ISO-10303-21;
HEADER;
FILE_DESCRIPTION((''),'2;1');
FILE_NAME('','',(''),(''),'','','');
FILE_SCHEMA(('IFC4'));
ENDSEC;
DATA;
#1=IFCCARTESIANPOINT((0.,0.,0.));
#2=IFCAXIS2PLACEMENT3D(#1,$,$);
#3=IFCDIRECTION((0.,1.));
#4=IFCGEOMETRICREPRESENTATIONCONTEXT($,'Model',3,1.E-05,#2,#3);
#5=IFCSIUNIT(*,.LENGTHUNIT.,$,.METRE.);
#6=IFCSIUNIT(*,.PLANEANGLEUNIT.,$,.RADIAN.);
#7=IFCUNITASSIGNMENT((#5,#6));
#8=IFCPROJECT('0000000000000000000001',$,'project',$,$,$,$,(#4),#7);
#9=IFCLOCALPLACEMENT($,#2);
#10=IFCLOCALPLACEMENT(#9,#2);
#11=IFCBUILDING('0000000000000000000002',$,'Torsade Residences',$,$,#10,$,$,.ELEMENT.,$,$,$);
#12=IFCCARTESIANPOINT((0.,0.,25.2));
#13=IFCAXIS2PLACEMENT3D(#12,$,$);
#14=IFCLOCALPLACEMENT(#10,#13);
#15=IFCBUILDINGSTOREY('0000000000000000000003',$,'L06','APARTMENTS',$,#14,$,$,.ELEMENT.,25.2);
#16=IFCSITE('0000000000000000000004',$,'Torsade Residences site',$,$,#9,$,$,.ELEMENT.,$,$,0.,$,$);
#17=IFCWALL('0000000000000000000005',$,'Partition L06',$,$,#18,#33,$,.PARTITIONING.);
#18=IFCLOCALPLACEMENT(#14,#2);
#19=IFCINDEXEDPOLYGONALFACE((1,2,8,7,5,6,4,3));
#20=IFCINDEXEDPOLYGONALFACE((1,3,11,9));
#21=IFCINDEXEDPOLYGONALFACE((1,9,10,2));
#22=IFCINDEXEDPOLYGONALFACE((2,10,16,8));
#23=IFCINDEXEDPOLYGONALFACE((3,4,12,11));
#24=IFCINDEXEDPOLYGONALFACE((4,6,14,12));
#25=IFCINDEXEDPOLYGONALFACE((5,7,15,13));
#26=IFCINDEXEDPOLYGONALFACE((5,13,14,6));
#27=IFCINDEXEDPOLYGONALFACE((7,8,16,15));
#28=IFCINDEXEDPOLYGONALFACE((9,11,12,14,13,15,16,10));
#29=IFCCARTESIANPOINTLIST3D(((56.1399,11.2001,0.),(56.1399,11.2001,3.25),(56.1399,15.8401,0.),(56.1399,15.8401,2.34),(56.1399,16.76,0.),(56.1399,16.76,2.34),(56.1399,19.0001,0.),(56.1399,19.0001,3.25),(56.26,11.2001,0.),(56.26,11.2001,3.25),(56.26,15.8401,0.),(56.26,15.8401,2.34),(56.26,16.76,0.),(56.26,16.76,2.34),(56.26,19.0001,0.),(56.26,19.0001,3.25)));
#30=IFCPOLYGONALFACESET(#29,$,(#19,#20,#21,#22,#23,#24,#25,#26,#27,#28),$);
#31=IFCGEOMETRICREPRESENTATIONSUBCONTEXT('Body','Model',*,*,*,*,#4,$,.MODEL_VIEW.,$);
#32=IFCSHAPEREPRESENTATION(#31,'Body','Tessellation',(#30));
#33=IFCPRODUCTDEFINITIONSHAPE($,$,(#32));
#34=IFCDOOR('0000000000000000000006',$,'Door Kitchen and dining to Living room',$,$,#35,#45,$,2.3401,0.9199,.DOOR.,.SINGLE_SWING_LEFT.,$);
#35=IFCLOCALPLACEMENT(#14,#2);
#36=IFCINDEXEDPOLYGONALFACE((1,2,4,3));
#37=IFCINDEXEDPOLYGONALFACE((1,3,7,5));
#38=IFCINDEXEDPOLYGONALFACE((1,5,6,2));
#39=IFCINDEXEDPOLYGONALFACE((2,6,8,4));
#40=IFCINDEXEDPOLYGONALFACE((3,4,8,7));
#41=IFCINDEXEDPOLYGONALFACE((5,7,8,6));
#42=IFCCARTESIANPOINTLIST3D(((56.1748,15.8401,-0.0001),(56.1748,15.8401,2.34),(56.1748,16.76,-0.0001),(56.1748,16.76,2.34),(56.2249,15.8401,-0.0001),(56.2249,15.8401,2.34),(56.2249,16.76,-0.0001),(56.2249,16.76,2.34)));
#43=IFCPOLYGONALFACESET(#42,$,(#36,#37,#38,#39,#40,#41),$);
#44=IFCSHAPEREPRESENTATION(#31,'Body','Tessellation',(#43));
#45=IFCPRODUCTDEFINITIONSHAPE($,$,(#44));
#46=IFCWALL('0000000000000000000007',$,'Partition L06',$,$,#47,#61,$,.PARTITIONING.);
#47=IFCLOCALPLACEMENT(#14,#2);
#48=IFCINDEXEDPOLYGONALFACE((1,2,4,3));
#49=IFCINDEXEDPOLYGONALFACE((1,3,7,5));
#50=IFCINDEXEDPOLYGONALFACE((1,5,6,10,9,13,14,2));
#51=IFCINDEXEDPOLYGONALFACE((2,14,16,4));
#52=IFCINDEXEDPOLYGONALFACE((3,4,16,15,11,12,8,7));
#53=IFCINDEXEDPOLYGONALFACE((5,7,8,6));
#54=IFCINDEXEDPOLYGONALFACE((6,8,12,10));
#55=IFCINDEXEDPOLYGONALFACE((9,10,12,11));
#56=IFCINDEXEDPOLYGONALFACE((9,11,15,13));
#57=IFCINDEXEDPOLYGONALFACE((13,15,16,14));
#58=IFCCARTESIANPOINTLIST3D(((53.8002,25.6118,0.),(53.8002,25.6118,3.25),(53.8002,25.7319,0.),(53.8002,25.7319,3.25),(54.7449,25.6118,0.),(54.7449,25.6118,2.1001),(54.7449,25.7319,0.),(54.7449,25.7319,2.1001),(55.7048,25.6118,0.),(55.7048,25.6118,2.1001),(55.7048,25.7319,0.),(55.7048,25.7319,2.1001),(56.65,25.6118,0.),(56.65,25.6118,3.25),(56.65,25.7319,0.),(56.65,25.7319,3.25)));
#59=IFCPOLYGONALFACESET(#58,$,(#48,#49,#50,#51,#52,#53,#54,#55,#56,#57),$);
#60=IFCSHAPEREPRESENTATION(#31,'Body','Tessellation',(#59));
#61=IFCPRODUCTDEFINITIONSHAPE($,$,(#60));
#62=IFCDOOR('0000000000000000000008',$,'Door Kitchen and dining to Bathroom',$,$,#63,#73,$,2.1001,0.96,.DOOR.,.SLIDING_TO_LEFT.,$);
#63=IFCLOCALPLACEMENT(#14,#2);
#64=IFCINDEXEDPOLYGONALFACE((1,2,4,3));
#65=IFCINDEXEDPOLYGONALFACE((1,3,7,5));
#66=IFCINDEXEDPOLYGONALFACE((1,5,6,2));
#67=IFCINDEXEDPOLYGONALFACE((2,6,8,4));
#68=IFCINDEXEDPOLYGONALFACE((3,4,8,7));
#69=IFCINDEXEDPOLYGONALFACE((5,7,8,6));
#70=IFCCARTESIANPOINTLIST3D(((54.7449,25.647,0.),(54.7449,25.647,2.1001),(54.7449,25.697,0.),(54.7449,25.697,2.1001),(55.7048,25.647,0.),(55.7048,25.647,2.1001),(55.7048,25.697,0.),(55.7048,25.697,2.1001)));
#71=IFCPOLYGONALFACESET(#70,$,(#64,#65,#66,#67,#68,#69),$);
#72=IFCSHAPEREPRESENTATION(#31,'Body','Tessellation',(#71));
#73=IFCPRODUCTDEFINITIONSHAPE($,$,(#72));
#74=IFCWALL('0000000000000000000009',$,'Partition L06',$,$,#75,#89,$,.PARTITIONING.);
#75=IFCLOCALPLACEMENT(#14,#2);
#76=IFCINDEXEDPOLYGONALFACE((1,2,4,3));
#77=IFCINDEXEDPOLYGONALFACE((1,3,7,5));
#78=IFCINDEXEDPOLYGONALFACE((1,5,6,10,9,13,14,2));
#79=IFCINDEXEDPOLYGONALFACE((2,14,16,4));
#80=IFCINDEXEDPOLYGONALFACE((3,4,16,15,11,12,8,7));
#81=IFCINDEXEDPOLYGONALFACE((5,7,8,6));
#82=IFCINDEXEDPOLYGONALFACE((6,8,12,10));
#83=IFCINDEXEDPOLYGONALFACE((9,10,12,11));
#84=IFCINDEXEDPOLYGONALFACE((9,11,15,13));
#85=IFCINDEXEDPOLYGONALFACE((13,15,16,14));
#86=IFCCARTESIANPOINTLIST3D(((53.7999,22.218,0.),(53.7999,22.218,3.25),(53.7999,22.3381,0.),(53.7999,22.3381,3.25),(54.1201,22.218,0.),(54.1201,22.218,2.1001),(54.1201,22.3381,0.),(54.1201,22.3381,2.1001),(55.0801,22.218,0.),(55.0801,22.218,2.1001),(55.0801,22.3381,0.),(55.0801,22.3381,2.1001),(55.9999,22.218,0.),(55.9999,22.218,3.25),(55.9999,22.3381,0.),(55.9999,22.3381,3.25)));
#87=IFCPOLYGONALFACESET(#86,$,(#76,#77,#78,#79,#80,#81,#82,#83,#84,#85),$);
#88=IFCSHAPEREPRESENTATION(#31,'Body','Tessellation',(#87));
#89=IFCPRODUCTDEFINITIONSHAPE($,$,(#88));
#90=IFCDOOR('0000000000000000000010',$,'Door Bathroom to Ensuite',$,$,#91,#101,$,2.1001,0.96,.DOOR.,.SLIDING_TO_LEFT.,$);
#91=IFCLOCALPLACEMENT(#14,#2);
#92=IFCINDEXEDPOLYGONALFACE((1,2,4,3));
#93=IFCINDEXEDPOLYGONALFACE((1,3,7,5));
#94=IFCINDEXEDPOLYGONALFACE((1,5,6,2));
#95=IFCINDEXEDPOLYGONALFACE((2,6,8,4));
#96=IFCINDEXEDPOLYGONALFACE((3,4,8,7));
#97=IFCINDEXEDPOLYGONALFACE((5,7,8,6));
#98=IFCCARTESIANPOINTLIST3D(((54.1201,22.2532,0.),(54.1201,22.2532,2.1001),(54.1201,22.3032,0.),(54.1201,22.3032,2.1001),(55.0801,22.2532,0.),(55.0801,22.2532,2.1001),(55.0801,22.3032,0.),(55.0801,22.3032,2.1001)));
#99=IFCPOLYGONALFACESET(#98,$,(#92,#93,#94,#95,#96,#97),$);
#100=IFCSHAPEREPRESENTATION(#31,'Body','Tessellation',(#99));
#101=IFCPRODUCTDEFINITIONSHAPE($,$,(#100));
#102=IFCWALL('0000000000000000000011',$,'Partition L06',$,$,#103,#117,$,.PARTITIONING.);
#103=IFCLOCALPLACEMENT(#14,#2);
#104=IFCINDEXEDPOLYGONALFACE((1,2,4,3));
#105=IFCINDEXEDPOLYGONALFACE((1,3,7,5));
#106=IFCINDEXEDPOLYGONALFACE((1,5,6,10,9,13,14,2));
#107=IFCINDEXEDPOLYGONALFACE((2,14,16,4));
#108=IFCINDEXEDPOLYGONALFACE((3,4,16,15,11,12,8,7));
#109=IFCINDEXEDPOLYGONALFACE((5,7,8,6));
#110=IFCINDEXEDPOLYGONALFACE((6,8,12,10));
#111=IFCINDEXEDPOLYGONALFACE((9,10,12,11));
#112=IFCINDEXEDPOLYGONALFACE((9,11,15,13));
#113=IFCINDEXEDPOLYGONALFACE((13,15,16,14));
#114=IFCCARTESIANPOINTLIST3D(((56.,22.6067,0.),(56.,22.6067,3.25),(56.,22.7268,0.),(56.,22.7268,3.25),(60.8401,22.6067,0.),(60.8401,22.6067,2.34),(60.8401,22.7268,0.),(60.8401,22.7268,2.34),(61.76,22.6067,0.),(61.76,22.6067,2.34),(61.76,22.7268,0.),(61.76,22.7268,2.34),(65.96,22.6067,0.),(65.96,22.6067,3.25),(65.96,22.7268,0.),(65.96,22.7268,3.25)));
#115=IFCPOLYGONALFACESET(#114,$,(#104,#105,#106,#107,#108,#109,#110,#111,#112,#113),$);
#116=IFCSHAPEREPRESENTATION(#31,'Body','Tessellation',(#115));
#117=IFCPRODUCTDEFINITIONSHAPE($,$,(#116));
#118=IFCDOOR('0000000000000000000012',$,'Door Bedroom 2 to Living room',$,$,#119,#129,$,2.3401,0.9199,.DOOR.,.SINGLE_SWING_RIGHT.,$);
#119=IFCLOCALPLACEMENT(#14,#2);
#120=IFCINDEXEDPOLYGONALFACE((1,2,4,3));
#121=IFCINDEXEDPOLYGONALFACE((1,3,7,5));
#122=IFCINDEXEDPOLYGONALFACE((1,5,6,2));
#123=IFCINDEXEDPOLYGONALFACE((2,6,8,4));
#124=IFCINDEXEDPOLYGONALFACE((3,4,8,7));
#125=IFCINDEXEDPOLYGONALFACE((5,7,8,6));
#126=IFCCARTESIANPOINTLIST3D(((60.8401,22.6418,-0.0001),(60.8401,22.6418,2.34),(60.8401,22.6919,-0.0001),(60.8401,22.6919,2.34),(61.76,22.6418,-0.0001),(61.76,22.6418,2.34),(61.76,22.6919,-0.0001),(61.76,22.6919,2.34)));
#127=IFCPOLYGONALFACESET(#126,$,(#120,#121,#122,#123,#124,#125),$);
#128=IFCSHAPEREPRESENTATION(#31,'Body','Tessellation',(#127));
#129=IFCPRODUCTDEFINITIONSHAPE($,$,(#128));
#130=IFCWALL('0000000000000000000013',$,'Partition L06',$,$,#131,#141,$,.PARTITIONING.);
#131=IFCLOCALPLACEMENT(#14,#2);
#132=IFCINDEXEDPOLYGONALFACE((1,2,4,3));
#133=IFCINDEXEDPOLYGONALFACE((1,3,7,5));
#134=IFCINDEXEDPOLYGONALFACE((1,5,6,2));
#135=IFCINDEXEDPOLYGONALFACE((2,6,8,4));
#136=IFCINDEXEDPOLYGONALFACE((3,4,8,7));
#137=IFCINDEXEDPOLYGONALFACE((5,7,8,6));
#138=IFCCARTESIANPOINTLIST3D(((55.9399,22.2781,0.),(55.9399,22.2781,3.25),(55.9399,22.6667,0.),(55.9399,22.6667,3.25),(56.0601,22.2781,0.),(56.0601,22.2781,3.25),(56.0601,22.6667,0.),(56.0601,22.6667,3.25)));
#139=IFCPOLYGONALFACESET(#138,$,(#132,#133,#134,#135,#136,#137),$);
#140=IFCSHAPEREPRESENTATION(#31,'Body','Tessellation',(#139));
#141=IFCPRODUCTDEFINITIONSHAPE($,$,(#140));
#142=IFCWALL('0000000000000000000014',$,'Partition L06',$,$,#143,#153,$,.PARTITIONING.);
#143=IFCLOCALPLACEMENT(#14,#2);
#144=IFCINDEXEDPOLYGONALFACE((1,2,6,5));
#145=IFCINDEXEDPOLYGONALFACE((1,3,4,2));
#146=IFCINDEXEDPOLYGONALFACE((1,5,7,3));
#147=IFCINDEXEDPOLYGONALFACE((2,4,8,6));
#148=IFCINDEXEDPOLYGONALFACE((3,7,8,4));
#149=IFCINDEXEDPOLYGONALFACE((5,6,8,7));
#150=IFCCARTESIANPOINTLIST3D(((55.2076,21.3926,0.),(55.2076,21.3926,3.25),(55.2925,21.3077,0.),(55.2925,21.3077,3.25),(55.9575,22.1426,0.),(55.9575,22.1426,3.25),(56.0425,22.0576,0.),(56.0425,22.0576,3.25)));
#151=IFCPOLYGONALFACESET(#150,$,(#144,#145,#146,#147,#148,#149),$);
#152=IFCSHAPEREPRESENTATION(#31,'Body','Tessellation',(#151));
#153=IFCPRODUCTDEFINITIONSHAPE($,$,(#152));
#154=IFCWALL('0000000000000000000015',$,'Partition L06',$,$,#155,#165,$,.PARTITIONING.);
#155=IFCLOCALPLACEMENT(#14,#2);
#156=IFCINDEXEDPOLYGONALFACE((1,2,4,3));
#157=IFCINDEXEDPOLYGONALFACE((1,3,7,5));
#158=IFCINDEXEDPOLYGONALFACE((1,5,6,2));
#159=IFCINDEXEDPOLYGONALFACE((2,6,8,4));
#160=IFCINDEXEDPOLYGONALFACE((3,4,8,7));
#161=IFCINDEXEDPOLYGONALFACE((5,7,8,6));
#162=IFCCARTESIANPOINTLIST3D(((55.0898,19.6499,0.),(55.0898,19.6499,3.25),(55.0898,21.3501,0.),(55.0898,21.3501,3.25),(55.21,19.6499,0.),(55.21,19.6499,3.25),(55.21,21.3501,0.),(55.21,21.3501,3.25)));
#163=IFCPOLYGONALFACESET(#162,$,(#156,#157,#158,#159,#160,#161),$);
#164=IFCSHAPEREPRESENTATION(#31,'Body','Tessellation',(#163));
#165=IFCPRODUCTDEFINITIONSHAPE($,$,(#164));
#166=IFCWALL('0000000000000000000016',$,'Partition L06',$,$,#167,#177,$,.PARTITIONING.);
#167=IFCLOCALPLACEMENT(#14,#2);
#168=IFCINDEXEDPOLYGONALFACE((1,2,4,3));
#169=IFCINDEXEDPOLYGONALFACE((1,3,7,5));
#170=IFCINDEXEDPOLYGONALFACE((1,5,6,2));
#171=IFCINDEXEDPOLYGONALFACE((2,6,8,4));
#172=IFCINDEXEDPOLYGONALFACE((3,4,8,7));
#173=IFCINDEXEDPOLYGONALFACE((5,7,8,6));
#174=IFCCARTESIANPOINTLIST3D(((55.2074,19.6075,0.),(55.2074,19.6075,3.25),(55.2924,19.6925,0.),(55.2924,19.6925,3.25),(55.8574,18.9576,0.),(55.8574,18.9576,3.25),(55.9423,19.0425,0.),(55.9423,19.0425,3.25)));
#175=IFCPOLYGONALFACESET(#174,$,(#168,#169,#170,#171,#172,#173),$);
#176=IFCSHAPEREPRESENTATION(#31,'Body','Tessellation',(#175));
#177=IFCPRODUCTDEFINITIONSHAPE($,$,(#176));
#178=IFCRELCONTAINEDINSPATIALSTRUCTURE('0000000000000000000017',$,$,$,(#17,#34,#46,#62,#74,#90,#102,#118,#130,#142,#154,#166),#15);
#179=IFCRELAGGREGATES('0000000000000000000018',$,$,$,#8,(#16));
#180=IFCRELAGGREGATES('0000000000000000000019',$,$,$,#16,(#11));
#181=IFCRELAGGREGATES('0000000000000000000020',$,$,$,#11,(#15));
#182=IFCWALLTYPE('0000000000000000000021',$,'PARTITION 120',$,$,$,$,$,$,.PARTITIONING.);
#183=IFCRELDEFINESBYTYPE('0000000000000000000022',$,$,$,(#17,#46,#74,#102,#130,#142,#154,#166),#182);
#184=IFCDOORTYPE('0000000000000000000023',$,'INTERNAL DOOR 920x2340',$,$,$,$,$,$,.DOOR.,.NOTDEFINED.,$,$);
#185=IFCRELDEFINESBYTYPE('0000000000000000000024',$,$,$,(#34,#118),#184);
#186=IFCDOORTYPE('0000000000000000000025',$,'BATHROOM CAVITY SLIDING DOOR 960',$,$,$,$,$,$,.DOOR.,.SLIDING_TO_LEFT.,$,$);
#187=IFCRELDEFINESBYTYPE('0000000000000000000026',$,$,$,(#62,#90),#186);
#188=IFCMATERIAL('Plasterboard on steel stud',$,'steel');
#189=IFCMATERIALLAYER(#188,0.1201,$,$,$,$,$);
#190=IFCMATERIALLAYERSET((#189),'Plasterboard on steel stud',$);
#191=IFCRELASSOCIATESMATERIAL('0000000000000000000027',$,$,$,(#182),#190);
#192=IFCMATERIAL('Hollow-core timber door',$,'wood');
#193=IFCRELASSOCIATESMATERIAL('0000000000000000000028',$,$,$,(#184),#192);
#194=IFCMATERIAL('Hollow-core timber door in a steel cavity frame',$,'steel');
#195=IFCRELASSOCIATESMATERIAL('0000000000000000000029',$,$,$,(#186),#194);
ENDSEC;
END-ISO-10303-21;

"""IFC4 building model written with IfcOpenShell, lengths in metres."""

from ifc_helpers import new_model, si_unit, direction, frame, frame_2d, origin, place, context, subcontext, project, spatial, rectangle, extrude, material, layer, layer_set, type_object, element, fill, save


model = new_model("IFC4")

# Units and contexts
model_context = context("Model", 3, precision=1e-05, world=origin(), true_north=direction((0.0, 1.0)))
body_context = subcontext(model_context, "Body", "Model", "MODEL_VIEW")
ifc_project = project(units=[si_unit("LENGTHUNIT", "METRE"), si_unit("PLANEANGLEUNIT", "RADIAN")], contexts=[model_context])

# Site, building, storey
site_placement = place(None, origin())
site = spatial("IfcSite", under=ifc_project, at=site_placement, Name="Torsade Residences site", CompositionType="ELEMENT", RefElevation=0.0)
building_placement = place(site_placement, origin())
building = spatial("IfcBuilding", under=site, at=building_placement, Name="Torsade Residences", CompositionType="ELEMENT")
storey_placement = place(building_placement, frame((0.0, 0.0, 25.2)))
storey = spatial("IfcBuildingStorey", under=building, at=storey_placement, Name="L06", Description="APARTMENTS", CompositionType="ELEMENT", Elevation=25.2)

# Walls, openings, doors
ifc_material_1 = material(Name="Plasterboard on steel stud", Category="steel")
ifc_layer_1 = layer(ifc_material_1, 0.1201)
ifc_layer_set_1 = layer_set([ifc_layer_1], Name="Plasterboard on steel stud")
wall_type_1 = type_object("IfcWallType", Name="PARTITION 120", PredefinedType="PARTITIONING", material=ifc_layer_set_1)
wall_1_placement = place(storey_placement, frame((56.2, 19.0, 0.0), z_axis=(0.0, 0.0, 1.0), x_axis=(0.0, -1.0, 0.0)))
wall_1 = element("IfcWall", 1, at=wall_1_placement, inside=storey, type_object=wall_type_1, Name="Partition L06", PredefinedType="PARTITIONING", context=body_context, shape_type="SweptSolid", body=[
    extrude(rectangle(XDim=7.8, YDim=0.1201, at=frame_2d((3.8999, 0.0))), origin(), (0.0, 0.0, 1.0), 3.25),
])
opening_1_placement = place(wall_1_placement, frame((2.24, 0.0, 0.0)))
opening_1 = element("IfcOpeningElement", 2, at=opening_1_placement, cuts=wall_1, PredefinedType="OPENING", context=body_context, shape_type="SweptSolid", body=[
    extrude(rectangle(XDim=0.9199, YDim=2.3401, at=frame_2d((0.46, 1.1699))), frame((0.0, 0.0701, 0.0), z_axis=(0.0, -1.0, 0.0), x_axis=(1.0, 0.0, 0.0)), (0.0, 0.0, 1.0), 0.1401),
])
ifc_material_2 = material(Name="Hollow-core timber door", Category="wood")
door_type_1 = type_object("IfcDoorType", Name="INTERNAL DOOR 920x2340", OperationType="NOTDEFINED", PredefinedType="DOOR", material=ifc_material_2)
door_1_placement = place(opening_1_placement, origin())
door_1 = element("IfcDoor", 3, at=door_1_placement, inside=storey, type_object=door_type_1, Name="Door Kitchen and dining to Living room", OperationType="SINGLE_SWING_LEFT", OverallHeight=2.3401, OverallWidth=0.9199, PredefinedType="DOOR", context=body_context, shape_type="SweptSolid", body=[
    extrude(rectangle(XDim=0.9199, YDim=2.3401, at=frame_2d((0.46, 1.1699))), frame((0.0, 0.0249, 0.0), z_axis=(0.0, -1.0, 0.0), x_axis=(1.0, 0.0, 0.0)), (0.0, 0.0, 1.0), 0.05),
])
fill(opening_1, door_1)
wall_2_placement = place(storey_placement, frame((56.6499, 25.6719, 0.0), z_axis=(0.0, 0.0, 1.0), x_axis=(-1.0, 0.0, 0.0)))
wall_2 = element("IfcWall", 4, at=wall_2_placement, inside=storey, type_object=wall_type_1, Name="Partition L06", PredefinedType="PARTITIONING", context=body_context, shape_type="SweptSolid", body=[
    extrude(rectangle(XDim=2.8499, YDim=0.1201, at=frame_2d((1.4248, 0.0))), origin(), (0.0, 0.0, 1.0), 3.25),
])
opening_2_placement = place(wall_2_placement, frame((0.9451, 0.0, 0.0)))
opening_2 = element("IfcOpeningElement", 5, at=opening_2_placement, cuts=wall_2, PredefinedType="OPENING", context=body_context, shape_type="SweptSolid", body=[
    extrude(rectangle(XDim=0.96, YDim=2.1001, at=frame_2d((0.48, 1.05))), frame((0.0, 0.0701, 0.0), z_axis=(0.0, -1.0, 0.0), x_axis=(1.0, 0.0, 0.0)), (0.0, 0.0, 1.0), 0.1401),
])
ifc_material_3 = material(Name="Hollow-core timber door in a steel cavity frame", Category="steel")
door_type_2 = type_object("IfcDoorType", Name="BATHROOM CAVITY SLIDING DOOR 960", OperationType="SLIDING_TO_LEFT", PredefinedType="DOOR", material=ifc_material_3)
door_2_placement = place(opening_2_placement, origin())
door_2 = element("IfcDoor", 6, at=door_2_placement, inside=storey, type_object=door_type_2, Name="Door Kitchen and dining to Bathroom", OperationType="SLIDING_TO_LEFT", OverallHeight=2.1001, OverallWidth=0.96, PredefinedType="DOOR", context=body_context, shape_type="SweptSolid", body=[
    extrude(rectangle(XDim=0.96, YDim=2.1001, at=frame_2d((0.48, 1.05))), frame((0.0, 0.0249, 0.0), z_axis=(0.0, -1.0, 0.0), x_axis=(1.0, 0.0, 0.0)), (0.0, 0.0, 1.0), 0.05),
])
fill(opening_2, door_2)
wall_3_placement = place(storey_placement, frame((56.0, 22.2781, 0.0), z_axis=(0.0, 0.0, 1.0), x_axis=(-1.0, 0.0, 0.0)))
wall_3 = element("IfcWall", 7, at=wall_3_placement, inside=storey, type_object=wall_type_1, Name="Partition L06", PredefinedType="PARTITIONING", context=body_context, shape_type="SweptSolid", body=[
    extrude(rectangle(XDim=2.2, YDim=0.1201, at=frame_2d((1.1001, 0.0))), origin(), (0.0, 0.0, 1.0), 3.25),
])
opening_3_placement = place(wall_3_placement, frame((0.9199, 0.0, 0.0)))
opening_3 = element("IfcOpeningElement", 8, at=opening_3_placement, cuts=wall_3, PredefinedType="OPENING", context=body_context, shape_type="SweptSolid", body=[
    extrude(rectangle(XDim=0.96, YDim=2.1001, at=frame_2d((0.48, 1.05))), frame((0.0, 0.0701, 0.0), z_axis=(0.0, -1.0, 0.0), x_axis=(1.0, 0.0, 0.0)), (0.0, 0.0, 1.0), 0.1401),
])
door_3_placement = place(opening_3_placement, origin())
door_3 = element("IfcDoor", 9, at=door_3_placement, inside=storey, type_object=door_type_2, Name="Door Bathroom to Ensuite", OperationType="SLIDING_TO_LEFT", OverallHeight=2.1001, OverallWidth=0.96, PredefinedType="DOOR", context=body_context, shape_type="SweptSolid", body=[
    extrude(rectangle(XDim=0.96, YDim=2.1001, at=frame_2d((0.48, 1.05))), frame((0.0, 0.0249, 0.0), z_axis=(0.0, -1.0, 0.0), x_axis=(1.0, 0.0, 0.0)), (0.0, 0.0, 1.0), 0.05),
])
fill(opening_3, door_3)
wall_4_placement = place(storey_placement, frame((65.96, 22.6667, 0.0), z_axis=(0.0, 0.0, 1.0), x_axis=(-1.0, 0.0, 0.0)))
wall_4 = element("IfcWall", 10, at=wall_4_placement, inside=storey, type_object=wall_type_1, Name="Partition L06", PredefinedType="PARTITIONING", context=body_context, shape_type="SweptSolid", body=[
    extrude(rectangle(XDim=9.96, YDim=0.1201, at=frame_2d((4.98, 0.0))), origin(), (0.0, 0.0, 1.0), 3.25),
])
opening_4_placement = place(wall_4_placement, frame((4.2, 0.0, 0.0)))
opening_4 = element("IfcOpeningElement", 11, at=opening_4_placement, cuts=wall_4, PredefinedType="OPENING", context=body_context, shape_type="SweptSolid", body=[
    extrude(rectangle(XDim=0.9199, YDim=2.3401, at=frame_2d((0.46, 1.1699))), frame((0.0, 0.0701, 0.0), z_axis=(0.0, -1.0, 0.0), x_axis=(1.0, 0.0, 0.0)), (0.0, 0.0, 1.0), 0.1401),
])
door_4_placement = place(opening_4_placement, origin())
door_4 = element("IfcDoor", 12, at=door_4_placement, inside=storey, type_object=door_type_1, Name="Door Bedroom 2 to Living room", OperationType="SINGLE_SWING_RIGHT", OverallHeight=2.3401, OverallWidth=0.9199, PredefinedType="DOOR", context=body_context, shape_type="SweptSolid", body=[
    extrude(rectangle(XDim=0.9199, YDim=2.3401, at=frame_2d((0.46, 1.1699))), frame((0.0, 0.0249, 0.0), z_axis=(0.0, -1.0, 0.0), x_axis=(1.0, 0.0, 0.0)), (0.0, 0.0, 1.0), 0.05),
])
fill(opening_4, door_4)

# Walls
wall_5_placement = place(storey_placement, frame((56.0, 22.6667, 0.0), z_axis=(0.0, 0.0, 1.0), x_axis=(0.0, -1.0, 0.0)))
element("IfcWall", 13, at=wall_5_placement, inside=storey, type_object=wall_type_1, Name="Partition L06", PredefinedType="PARTITIONING", context=body_context, shape_type="SweptSolid", body=[
    extrude(rectangle(XDim=0.3887, YDim=0.1201, at=frame_2d((0.1943, 0.0))), origin(), (0.0, 0.0, 1.0), 3.25),
])
wall_6_placement = place(storey_placement, frame((56.0, 22.1001, 0.0), z_axis=(0.0, 0.0, 1.0), x_axis=(-0.707107, -0.707107, 0.0)))
element("IfcWall", 14, at=wall_6_placement, inside=storey, type_object=wall_type_1, Name="Partition L06", PredefinedType="PARTITIONING", context=body_context, shape_type="SweptSolid", body=[
    extrude(rectangle(XDim=1.0605, YDim=0.1201, at=frame_2d((0.5303, 0.0))), origin(), (0.0, 0.0, 1.0), 3.25),
])
wall_7_placement = place(storey_placement, frame((55.1499, 21.3501, 0.0), z_axis=(0.0, 0.0, 1.0), x_axis=(0.0, -1.0, 0.0)))
element("IfcWall", 15, at=wall_7_placement, inside=storey, type_object=wall_type_1, Name="Partition L06", PredefinedType="PARTITIONING", context=body_context, shape_type="SweptSolid", body=[
    extrude(rectangle(XDim=1.7002, YDim=0.1201, at=frame_2d((0.8501, 0.0))), origin(), (0.0, 0.0, 1.0), 3.25),
])
wall_8_placement = place(storey_placement, frame((55.25, 19.6499, 0.0), z_axis=(0.0, 0.0, 1.0), x_axis=(0.707107, -0.707107, 0.0)))
element("IfcWall", 16, at=wall_8_placement, inside=storey, type_object=wall_type_1, Name="Partition L06", PredefinedType="PARTITIONING", context=body_context, shape_type="SweptSolid", body=[
    extrude(rectangle(XDim=0.9192, YDim=0.1201, at=frame_2d((0.4595, 0.0))), origin(), (0.0, 0.0, 1.0), 3.25),
])

save(model, "model.ifc")
